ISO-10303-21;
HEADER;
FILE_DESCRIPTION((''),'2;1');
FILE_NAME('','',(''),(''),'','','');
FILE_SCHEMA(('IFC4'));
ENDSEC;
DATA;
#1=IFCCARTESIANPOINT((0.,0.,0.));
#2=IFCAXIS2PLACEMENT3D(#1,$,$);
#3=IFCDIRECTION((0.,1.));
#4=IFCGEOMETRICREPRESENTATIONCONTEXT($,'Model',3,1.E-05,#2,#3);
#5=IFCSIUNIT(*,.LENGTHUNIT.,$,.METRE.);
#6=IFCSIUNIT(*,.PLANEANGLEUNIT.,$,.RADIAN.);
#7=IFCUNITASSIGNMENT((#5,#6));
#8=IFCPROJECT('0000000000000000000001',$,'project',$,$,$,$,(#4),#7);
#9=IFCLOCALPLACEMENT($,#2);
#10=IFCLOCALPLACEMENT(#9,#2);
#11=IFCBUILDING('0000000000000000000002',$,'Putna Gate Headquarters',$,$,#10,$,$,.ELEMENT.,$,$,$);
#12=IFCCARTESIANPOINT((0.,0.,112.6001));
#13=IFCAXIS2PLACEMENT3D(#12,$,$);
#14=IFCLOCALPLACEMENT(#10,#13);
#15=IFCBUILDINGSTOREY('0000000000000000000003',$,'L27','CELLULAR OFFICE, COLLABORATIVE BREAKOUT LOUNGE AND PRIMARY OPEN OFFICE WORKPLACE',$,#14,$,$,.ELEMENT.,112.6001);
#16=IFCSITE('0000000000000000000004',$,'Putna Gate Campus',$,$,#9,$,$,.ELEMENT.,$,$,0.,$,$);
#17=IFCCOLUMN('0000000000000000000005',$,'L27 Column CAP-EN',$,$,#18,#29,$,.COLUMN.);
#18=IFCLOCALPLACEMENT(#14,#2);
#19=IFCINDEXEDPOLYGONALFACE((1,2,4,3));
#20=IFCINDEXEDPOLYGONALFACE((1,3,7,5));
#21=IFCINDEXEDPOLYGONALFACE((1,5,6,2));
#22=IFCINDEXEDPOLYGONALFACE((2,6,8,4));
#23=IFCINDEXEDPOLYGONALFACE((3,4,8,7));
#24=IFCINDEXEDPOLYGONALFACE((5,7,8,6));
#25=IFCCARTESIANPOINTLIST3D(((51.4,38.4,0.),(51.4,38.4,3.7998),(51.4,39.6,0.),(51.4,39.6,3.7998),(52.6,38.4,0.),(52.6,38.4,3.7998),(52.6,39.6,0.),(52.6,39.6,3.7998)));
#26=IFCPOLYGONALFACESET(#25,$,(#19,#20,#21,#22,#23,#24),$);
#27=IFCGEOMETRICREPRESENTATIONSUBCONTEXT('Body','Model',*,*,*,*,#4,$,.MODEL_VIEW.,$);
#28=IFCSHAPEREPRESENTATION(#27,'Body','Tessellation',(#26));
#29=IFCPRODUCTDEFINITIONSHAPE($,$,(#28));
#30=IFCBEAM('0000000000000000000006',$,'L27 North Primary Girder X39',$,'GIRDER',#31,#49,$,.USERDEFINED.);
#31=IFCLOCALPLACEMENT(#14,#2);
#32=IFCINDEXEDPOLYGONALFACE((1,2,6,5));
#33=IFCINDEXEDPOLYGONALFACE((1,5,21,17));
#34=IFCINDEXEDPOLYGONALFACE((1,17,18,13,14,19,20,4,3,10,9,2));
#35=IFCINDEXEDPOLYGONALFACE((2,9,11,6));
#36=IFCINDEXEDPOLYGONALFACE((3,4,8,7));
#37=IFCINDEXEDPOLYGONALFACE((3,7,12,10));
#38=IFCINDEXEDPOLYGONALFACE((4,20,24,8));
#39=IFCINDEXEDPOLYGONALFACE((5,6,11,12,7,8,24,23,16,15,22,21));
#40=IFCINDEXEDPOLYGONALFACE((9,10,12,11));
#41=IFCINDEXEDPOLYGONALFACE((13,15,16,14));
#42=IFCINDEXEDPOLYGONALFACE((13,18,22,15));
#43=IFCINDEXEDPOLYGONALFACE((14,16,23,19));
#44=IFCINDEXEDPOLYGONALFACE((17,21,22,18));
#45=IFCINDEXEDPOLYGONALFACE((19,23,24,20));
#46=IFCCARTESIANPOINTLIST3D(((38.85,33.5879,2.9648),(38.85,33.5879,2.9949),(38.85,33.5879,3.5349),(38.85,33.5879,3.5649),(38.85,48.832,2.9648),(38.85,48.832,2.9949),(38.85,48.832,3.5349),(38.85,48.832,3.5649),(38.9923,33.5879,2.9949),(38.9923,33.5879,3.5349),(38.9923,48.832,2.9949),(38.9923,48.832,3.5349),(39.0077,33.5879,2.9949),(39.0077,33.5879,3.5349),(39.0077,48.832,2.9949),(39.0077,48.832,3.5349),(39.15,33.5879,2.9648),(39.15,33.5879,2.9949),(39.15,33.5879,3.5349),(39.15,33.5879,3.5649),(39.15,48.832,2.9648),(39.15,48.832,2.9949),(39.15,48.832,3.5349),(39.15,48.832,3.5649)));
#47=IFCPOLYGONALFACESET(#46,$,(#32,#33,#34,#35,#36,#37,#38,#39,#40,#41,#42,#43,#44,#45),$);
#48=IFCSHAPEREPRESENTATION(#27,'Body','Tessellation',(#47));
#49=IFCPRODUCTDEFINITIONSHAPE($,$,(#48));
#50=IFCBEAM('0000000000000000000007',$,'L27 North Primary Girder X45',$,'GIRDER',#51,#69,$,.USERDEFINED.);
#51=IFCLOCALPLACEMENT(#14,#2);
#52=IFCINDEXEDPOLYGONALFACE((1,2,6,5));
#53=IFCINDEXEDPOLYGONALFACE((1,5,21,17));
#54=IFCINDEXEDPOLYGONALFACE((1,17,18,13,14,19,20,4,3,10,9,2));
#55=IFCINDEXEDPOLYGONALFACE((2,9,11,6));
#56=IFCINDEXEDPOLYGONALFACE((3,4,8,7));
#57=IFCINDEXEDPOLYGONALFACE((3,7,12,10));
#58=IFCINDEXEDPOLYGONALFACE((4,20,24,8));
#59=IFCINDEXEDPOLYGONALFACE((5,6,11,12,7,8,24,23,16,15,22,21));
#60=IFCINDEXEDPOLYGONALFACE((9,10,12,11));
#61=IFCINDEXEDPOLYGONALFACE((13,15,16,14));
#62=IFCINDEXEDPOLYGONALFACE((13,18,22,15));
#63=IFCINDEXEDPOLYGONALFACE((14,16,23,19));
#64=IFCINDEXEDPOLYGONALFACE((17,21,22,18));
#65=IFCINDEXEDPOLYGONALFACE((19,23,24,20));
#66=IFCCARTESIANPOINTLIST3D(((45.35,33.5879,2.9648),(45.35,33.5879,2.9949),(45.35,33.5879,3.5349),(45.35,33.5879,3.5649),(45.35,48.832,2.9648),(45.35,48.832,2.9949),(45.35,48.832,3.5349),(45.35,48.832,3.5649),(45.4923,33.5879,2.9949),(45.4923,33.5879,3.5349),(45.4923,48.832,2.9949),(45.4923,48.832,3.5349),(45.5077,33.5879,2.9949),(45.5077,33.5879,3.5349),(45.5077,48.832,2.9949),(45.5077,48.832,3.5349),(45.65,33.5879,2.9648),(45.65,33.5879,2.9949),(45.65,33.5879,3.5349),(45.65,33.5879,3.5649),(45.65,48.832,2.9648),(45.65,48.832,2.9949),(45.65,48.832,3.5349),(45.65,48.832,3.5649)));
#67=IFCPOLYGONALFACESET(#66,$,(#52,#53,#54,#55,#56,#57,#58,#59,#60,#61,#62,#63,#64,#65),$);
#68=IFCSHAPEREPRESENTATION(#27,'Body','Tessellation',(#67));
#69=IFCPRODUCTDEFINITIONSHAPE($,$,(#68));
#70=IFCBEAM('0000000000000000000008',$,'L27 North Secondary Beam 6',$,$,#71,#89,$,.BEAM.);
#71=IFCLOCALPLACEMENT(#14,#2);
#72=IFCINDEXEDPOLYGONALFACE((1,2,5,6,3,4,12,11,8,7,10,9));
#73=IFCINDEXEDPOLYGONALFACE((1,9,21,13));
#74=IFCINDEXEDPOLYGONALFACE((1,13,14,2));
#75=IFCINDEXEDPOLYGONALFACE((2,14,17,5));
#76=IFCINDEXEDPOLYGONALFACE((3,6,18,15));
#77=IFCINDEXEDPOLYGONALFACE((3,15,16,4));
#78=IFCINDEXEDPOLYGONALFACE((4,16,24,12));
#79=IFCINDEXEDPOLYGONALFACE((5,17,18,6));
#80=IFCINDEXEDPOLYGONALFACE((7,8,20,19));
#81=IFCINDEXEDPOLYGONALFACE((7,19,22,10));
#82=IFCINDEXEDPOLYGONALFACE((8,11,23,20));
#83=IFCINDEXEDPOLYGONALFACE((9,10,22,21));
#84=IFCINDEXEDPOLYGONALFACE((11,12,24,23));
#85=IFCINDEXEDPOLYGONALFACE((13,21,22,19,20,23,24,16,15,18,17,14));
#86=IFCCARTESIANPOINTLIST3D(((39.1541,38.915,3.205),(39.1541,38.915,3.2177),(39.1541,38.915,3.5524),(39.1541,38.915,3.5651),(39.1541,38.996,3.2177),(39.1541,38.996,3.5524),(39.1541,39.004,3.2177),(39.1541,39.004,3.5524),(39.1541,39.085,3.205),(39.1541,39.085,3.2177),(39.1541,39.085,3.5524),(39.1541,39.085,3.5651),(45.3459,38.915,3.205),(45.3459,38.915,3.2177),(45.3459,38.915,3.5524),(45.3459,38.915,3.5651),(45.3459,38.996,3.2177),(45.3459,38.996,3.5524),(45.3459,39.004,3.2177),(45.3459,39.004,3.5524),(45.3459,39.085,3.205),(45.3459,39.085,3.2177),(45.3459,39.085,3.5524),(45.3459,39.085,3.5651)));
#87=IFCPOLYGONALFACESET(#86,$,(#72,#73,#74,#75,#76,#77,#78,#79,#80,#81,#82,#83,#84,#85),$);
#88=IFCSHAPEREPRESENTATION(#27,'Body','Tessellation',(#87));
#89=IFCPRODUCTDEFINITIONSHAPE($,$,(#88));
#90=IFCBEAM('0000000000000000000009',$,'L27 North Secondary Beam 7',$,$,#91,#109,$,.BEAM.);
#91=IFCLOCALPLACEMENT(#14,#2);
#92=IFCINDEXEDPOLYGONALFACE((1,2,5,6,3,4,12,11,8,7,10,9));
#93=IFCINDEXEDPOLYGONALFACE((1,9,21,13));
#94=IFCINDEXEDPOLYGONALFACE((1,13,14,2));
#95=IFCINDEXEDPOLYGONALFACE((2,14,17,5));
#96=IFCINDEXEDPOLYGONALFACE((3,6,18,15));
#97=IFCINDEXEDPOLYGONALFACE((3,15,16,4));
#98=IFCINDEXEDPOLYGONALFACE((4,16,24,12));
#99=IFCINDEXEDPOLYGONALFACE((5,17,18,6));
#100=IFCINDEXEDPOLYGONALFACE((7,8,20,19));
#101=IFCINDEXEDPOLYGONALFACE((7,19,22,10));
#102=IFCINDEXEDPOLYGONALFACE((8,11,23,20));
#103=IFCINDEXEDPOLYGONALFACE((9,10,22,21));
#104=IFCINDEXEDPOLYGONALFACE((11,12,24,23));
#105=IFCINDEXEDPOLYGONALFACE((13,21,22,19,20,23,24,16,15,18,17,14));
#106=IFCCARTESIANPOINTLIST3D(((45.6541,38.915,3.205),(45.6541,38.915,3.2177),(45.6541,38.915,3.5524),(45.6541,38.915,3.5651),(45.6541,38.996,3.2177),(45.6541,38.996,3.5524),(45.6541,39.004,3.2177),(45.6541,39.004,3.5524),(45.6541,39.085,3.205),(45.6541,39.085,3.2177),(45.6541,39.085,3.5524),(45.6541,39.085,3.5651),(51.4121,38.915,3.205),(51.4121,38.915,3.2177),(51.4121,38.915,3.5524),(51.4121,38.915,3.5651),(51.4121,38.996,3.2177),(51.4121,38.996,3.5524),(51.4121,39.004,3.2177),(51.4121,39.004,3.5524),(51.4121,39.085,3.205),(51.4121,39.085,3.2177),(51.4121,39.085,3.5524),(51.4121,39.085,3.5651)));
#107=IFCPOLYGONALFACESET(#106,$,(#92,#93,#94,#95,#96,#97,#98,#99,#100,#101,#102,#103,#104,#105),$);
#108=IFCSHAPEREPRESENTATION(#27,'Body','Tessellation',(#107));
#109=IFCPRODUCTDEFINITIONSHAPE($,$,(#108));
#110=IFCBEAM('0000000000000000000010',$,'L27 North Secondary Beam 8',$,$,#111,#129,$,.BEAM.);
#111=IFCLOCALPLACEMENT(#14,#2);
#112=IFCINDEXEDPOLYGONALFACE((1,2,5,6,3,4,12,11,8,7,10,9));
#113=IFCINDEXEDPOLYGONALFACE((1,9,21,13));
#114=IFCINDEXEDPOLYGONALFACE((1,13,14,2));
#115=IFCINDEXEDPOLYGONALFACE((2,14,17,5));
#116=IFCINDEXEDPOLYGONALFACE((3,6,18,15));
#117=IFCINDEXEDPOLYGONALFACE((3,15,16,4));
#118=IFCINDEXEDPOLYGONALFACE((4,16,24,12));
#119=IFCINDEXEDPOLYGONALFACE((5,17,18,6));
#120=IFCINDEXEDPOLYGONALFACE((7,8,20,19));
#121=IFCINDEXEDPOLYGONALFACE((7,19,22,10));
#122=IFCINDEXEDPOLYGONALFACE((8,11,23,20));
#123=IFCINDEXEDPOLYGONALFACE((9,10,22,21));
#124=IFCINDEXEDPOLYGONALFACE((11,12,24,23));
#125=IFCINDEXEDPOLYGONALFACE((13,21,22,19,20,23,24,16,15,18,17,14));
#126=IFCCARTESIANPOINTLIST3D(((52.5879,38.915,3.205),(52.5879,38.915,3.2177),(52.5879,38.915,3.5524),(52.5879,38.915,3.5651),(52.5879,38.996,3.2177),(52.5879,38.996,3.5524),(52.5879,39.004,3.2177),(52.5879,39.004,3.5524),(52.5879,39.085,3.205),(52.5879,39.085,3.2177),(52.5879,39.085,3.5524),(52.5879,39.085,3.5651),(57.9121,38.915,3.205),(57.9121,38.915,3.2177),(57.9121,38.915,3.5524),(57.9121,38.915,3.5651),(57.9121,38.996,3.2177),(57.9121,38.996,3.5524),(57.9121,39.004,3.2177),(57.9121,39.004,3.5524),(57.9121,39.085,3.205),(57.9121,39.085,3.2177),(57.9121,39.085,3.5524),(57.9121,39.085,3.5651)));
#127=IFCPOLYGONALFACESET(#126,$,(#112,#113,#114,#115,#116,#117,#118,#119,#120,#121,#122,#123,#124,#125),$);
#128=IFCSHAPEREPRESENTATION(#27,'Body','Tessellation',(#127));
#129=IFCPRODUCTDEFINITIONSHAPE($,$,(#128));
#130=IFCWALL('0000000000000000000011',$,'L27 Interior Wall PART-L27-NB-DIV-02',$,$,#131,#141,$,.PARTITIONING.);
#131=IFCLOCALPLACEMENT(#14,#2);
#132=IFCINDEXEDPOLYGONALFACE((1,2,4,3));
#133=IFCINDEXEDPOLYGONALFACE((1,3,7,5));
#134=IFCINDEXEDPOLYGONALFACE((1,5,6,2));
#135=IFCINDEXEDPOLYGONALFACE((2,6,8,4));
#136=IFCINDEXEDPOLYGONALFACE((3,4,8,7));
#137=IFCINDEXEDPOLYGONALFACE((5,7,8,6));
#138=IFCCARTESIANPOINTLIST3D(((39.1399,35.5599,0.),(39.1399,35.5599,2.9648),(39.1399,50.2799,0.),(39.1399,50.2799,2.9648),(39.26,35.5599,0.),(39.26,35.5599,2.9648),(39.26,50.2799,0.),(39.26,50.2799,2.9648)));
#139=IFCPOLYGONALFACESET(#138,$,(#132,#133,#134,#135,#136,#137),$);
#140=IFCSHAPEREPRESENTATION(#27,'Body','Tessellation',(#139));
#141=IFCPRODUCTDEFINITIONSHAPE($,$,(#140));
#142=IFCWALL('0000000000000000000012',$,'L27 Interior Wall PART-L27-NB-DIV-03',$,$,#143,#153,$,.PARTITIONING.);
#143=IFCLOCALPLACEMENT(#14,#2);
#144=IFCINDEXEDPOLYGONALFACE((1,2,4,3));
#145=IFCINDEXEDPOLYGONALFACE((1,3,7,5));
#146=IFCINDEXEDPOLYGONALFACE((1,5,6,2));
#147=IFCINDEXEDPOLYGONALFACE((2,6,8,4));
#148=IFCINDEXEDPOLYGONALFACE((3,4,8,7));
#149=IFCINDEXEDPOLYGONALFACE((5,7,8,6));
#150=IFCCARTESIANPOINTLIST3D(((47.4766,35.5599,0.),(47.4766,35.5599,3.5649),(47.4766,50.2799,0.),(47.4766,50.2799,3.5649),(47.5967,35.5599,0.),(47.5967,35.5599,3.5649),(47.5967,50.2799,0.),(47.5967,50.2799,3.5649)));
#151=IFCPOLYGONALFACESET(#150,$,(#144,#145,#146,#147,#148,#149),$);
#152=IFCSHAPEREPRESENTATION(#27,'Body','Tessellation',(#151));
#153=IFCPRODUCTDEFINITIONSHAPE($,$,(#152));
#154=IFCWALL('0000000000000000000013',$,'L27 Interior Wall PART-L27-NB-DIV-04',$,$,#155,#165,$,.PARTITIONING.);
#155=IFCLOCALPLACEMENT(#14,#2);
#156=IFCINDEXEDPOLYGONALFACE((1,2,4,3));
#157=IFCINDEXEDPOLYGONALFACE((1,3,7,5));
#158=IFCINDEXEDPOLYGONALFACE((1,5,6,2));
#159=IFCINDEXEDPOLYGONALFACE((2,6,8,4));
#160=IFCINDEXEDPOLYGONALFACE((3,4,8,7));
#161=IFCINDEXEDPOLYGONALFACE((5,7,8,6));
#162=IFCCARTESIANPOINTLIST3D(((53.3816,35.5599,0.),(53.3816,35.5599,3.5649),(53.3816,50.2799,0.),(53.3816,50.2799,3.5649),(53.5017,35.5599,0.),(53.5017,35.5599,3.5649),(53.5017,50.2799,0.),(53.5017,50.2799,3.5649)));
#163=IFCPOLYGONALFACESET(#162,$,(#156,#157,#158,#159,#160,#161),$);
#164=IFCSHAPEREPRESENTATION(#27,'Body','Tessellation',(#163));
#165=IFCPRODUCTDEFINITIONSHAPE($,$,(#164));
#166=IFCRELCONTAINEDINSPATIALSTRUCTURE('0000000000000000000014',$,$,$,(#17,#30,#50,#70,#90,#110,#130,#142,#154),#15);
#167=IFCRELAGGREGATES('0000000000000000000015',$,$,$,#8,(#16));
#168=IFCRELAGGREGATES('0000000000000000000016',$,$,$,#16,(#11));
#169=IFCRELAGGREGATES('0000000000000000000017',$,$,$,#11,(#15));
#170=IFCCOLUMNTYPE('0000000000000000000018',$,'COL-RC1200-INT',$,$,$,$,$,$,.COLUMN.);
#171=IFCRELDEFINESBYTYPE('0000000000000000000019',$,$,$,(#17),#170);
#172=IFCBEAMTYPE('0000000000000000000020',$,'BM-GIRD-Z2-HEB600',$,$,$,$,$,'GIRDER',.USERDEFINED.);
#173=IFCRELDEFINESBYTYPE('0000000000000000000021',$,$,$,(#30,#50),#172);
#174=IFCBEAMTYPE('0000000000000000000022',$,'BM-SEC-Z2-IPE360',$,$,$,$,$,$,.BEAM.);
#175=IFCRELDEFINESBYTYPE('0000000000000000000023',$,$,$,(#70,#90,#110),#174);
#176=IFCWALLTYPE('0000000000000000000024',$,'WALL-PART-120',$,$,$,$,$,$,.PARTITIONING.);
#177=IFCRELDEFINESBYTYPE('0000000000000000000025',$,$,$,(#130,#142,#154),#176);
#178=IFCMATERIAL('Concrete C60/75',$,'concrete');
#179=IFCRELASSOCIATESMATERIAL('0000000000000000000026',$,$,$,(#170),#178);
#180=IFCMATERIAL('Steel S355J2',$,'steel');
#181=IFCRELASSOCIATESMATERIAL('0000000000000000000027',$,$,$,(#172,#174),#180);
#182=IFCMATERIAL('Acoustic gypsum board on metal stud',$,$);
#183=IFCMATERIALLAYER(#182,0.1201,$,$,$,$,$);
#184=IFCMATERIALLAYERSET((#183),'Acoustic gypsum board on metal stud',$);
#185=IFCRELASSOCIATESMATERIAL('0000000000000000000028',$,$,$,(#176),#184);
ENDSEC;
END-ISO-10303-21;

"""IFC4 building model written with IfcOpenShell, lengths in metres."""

from ifc_helpers import new_model, si_unit, direction, frame, frame_2d, origin, origin_2d, place, context, subcontext, project, spatial, rectangle, i_section, extrude, material, layer, layer_set, material_profile, profile_set, type_object, element, save


model = new_model("IFC4")

# Units and contexts
model_context = context("Model", 3, precision=1e-05, world=origin(), true_north=direction((0.0, 1.0)))
body_context = subcontext(model_context, "Body", "Model", "MODEL_VIEW")
ifc_project = project(units=[si_unit("LENGTHUNIT", "METRE"), si_unit("PLANEANGLEUNIT", "RADIAN")], contexts=[model_context])

# Site, building, storey
site_placement = place(None, origin())
site = spatial("IfcSite", under=ifc_project, at=site_placement, Name="Putna Gate Campus", CompositionType="ELEMENT", RefElevation=0.0)
building_placement = place(site_placement, origin())
building = spatial("IfcBuilding", under=site, at=building_placement, Name="Putna Gate Headquarters", CompositionType="ELEMENT")
storey_placement = place(building_placement, frame((0.0, 0.0, 112.6001)))
storey = spatial("IfcBuildingStorey", under=building, at=storey_placement, Name="L27", Description="CELLULAR OFFICE, COLLABORATIVE BREAKOUT LOUNGE AND PRIMARY OPEN OFFICE WORKPLACE", CompositionType="ELEMENT", Elevation=112.6001)

# Column
ifc_material_1 = material(Name="Concrete C60/75", Category="concrete")
ifc_material_profile_1 = material_profile(ifc_material_1, rectangle(XDim=1.2, YDim=1.2, at=origin_2d()), Name="Concrete C60/75")
ifc_profile_set_1 = profile_set([ifc_material_profile_1], Name="Concrete C60/75")
column_type = type_object("IfcColumnType", Name="COL-RC1200-INT", PredefinedType="COLUMN", material=ifc_profile_set_1)
column_placement = place(storey_placement, frame((52.0, 39.0, 0.0), z_axis=(0.0, 0.0, 1.0), x_axis=(1.0, 0.0, 0.0)))
element("IfcColumn", 1, at=column_placement, inside=storey, type_object=column_type, Name="L27 Column CAP-EN", PredefinedType="COLUMN", context=body_context, shape_type="SweptSolid", body=[
    extrude(rectangle(XDim=1.2, YDim=1.2, at=origin_2d()), origin(), (0.0, 0.0, 1.0), 3.7998),
])

# Beams
ifc_material_2 = material(Name="Steel S355J2", Category="steel")
ifc_material_profile_2 = material_profile(ifc_material_2, i_section(OverallWidth=0.3, OverallDepth=0.6001, WebThickness=0.0154, FlangeThickness=0.03, at=origin_2d()), Name="Steel S355J2")
ifc_profile_set_2 = profile_set([ifc_material_profile_2], Name="Steel S355J2")
beam_type_1 = type_object("IfcBeamType", Name="BM-GIRD-Z2-HEB600", ElementType="GIRDER", PredefinedType="USERDEFINED", material=ifc_profile_set_2)
for number, where, z_axis, x_axis, name in (
    (2, (39.0, 33.5879, 3.2649), (0.0, 1.0, 0.0), (-1.0, 0.0, 0.0), "L27 North Primary Girder X39"),
    (3, (45.5, 33.5879, 3.2649), (0.0, 1.0, 0.0), (-1.0, 0.0, 0.0), "L27 North Primary Girder X45"),
):
    element("IfcBeam", number, at=place(storey_placement, frame(where, z_axis=z_axis, x_axis=x_axis)), inside=storey, type_object=beam_type_1, Name=name, ObjectType="GIRDER", PredefinedType="USERDEFINED", context=body_context, shape_type="SweptSolid", body=[
        extrude(i_section(OverallWidth=0.3, OverallDepth=0.6001, WebThickness=0.0154, FlangeThickness=0.03, at=origin_2d()), origin(), (0.0, 0.0, 1.0), 15.2441),
    ])
ifc_material_profile_3 = material_profile(ifc_material_2, i_section(OverallWidth=0.1699, OverallDepth=0.3601, WebThickness=0.0081, FlangeThickness=0.0127, at=origin_2d()), Name="Steel S355J2")
ifc_profile_set_3 = profile_set([ifc_material_profile_3], Name="Steel S355J2")
beam_type_2 = type_object("IfcBeamType", Name="BM-SEC-Z2-IPE360", PredefinedType="BEAM", material=ifc_profile_set_3)
beam_1_placement = place(storey_placement, frame((39.1541, 39.0, 3.385), z_axis=(1.0, 0.0, 0.0), x_axis=(0.0, 1.0, 0.0)))
element("IfcBeam", 4, at=beam_1_placement, inside=storey, type_object=beam_type_2, Name="L27 North Secondary Beam 6", PredefinedType="BEAM", context=body_context, shape_type="SweptSolid", body=[
    extrude(i_section(OverallWidth=0.1699, OverallDepth=0.3601, WebThickness=0.0081, FlangeThickness=0.0127, at=origin_2d()), origin(), (0.0, 0.0, 1.0), 6.1919),
])
beam_2_placement = place(storey_placement, frame((45.6541, 39.0, 3.385), z_axis=(1.0, 0.0, 0.0), x_axis=(0.0, 1.0, 0.0)))
element("IfcBeam", 5, at=beam_2_placement, inside=storey, type_object=beam_type_2, Name="L27 North Secondary Beam 7", PredefinedType="BEAM", context=body_context, shape_type="SweptSolid", body=[
    extrude(i_section(OverallWidth=0.1699, OverallDepth=0.3601, WebThickness=0.0081, FlangeThickness=0.0127, at=origin_2d()), origin(), (0.0, 0.0, 1.0), 5.7581),
])
beam_3_placement = place(storey_placement, frame((52.5879, 39.0, 3.385), z_axis=(1.0, 0.0, 0.0), x_axis=(0.0, 1.0, 0.0)))
element("IfcBeam", 6, at=beam_3_placement, inside=storey, type_object=beam_type_2, Name="L27 North Secondary Beam 8", PredefinedType="BEAM", context=body_context, shape_type="SweptSolid", body=[
    extrude(i_section(OverallWidth=0.1699, OverallDepth=0.3601, WebThickness=0.0081, FlangeThickness=0.0127, at=origin_2d()), origin(), (0.0, 0.0, 1.0), 5.3242),
])

# Walls
ifc_material_3 = material(Name="Acoustic gypsum board on metal stud")
ifc_layer_1 = layer(ifc_material_3, 0.1201)
ifc_layer_set_1 = layer_set([ifc_layer_1], Name="Acoustic gypsum board on metal stud")
wall_type_1 = type_object("IfcWallType", Name="WALL-PART-120", PredefinedType="PARTITIONING", material=ifc_layer_set_1)
wall_1_placement = place(storey_placement, frame((39.2, 35.5601, 0.0), z_axis=(0.0, 0.0, 1.0), x_axis=(0.0, 1.0, 0.0)))
element("IfcWall", 7, at=wall_1_placement, inside=storey, type_object=wall_type_1, Name="L27 Interior Wall PART-L27-NB-DIV-02", PredefinedType="PARTITIONING", context=body_context, shape_type="SweptSolid", body=[
    extrude(rectangle(XDim=14.72, YDim=0.1201, at=frame_2d((7.3599, 0.0))), origin(), (0.0, 0.0, 1.0), 2.9648),
])
for number, where, z_axis, x_axis, name in (
    (8, (47.5366, 35.5601, 0.0), (0.0, 0.0, 1.0), (0.0, 1.0, 0.0), "L27 Interior Wall PART-L27-NB-DIV-03"),
    (9, (53.4417, 35.5601, 0.0), (0.0, 0.0, 1.0), (0.0, 1.0, 0.0), "L27 Interior Wall PART-L27-NB-DIV-04"),
):
    element("IfcWall", number, at=place(storey_placement, frame(where, z_axis=z_axis, x_axis=x_axis)), inside=storey, type_object=wall_type_1, Name=name, PredefinedType="PARTITIONING", context=body_context, shape_type="SweptSolid", body=[
        extrude(rectangle(XDim=14.72, YDim=0.1201, at=frame_2d((7.3599, 0.0))), origin(), (0.0, 0.0, 1.0), 3.5649),
    ])

save(model, "model.ifc")
